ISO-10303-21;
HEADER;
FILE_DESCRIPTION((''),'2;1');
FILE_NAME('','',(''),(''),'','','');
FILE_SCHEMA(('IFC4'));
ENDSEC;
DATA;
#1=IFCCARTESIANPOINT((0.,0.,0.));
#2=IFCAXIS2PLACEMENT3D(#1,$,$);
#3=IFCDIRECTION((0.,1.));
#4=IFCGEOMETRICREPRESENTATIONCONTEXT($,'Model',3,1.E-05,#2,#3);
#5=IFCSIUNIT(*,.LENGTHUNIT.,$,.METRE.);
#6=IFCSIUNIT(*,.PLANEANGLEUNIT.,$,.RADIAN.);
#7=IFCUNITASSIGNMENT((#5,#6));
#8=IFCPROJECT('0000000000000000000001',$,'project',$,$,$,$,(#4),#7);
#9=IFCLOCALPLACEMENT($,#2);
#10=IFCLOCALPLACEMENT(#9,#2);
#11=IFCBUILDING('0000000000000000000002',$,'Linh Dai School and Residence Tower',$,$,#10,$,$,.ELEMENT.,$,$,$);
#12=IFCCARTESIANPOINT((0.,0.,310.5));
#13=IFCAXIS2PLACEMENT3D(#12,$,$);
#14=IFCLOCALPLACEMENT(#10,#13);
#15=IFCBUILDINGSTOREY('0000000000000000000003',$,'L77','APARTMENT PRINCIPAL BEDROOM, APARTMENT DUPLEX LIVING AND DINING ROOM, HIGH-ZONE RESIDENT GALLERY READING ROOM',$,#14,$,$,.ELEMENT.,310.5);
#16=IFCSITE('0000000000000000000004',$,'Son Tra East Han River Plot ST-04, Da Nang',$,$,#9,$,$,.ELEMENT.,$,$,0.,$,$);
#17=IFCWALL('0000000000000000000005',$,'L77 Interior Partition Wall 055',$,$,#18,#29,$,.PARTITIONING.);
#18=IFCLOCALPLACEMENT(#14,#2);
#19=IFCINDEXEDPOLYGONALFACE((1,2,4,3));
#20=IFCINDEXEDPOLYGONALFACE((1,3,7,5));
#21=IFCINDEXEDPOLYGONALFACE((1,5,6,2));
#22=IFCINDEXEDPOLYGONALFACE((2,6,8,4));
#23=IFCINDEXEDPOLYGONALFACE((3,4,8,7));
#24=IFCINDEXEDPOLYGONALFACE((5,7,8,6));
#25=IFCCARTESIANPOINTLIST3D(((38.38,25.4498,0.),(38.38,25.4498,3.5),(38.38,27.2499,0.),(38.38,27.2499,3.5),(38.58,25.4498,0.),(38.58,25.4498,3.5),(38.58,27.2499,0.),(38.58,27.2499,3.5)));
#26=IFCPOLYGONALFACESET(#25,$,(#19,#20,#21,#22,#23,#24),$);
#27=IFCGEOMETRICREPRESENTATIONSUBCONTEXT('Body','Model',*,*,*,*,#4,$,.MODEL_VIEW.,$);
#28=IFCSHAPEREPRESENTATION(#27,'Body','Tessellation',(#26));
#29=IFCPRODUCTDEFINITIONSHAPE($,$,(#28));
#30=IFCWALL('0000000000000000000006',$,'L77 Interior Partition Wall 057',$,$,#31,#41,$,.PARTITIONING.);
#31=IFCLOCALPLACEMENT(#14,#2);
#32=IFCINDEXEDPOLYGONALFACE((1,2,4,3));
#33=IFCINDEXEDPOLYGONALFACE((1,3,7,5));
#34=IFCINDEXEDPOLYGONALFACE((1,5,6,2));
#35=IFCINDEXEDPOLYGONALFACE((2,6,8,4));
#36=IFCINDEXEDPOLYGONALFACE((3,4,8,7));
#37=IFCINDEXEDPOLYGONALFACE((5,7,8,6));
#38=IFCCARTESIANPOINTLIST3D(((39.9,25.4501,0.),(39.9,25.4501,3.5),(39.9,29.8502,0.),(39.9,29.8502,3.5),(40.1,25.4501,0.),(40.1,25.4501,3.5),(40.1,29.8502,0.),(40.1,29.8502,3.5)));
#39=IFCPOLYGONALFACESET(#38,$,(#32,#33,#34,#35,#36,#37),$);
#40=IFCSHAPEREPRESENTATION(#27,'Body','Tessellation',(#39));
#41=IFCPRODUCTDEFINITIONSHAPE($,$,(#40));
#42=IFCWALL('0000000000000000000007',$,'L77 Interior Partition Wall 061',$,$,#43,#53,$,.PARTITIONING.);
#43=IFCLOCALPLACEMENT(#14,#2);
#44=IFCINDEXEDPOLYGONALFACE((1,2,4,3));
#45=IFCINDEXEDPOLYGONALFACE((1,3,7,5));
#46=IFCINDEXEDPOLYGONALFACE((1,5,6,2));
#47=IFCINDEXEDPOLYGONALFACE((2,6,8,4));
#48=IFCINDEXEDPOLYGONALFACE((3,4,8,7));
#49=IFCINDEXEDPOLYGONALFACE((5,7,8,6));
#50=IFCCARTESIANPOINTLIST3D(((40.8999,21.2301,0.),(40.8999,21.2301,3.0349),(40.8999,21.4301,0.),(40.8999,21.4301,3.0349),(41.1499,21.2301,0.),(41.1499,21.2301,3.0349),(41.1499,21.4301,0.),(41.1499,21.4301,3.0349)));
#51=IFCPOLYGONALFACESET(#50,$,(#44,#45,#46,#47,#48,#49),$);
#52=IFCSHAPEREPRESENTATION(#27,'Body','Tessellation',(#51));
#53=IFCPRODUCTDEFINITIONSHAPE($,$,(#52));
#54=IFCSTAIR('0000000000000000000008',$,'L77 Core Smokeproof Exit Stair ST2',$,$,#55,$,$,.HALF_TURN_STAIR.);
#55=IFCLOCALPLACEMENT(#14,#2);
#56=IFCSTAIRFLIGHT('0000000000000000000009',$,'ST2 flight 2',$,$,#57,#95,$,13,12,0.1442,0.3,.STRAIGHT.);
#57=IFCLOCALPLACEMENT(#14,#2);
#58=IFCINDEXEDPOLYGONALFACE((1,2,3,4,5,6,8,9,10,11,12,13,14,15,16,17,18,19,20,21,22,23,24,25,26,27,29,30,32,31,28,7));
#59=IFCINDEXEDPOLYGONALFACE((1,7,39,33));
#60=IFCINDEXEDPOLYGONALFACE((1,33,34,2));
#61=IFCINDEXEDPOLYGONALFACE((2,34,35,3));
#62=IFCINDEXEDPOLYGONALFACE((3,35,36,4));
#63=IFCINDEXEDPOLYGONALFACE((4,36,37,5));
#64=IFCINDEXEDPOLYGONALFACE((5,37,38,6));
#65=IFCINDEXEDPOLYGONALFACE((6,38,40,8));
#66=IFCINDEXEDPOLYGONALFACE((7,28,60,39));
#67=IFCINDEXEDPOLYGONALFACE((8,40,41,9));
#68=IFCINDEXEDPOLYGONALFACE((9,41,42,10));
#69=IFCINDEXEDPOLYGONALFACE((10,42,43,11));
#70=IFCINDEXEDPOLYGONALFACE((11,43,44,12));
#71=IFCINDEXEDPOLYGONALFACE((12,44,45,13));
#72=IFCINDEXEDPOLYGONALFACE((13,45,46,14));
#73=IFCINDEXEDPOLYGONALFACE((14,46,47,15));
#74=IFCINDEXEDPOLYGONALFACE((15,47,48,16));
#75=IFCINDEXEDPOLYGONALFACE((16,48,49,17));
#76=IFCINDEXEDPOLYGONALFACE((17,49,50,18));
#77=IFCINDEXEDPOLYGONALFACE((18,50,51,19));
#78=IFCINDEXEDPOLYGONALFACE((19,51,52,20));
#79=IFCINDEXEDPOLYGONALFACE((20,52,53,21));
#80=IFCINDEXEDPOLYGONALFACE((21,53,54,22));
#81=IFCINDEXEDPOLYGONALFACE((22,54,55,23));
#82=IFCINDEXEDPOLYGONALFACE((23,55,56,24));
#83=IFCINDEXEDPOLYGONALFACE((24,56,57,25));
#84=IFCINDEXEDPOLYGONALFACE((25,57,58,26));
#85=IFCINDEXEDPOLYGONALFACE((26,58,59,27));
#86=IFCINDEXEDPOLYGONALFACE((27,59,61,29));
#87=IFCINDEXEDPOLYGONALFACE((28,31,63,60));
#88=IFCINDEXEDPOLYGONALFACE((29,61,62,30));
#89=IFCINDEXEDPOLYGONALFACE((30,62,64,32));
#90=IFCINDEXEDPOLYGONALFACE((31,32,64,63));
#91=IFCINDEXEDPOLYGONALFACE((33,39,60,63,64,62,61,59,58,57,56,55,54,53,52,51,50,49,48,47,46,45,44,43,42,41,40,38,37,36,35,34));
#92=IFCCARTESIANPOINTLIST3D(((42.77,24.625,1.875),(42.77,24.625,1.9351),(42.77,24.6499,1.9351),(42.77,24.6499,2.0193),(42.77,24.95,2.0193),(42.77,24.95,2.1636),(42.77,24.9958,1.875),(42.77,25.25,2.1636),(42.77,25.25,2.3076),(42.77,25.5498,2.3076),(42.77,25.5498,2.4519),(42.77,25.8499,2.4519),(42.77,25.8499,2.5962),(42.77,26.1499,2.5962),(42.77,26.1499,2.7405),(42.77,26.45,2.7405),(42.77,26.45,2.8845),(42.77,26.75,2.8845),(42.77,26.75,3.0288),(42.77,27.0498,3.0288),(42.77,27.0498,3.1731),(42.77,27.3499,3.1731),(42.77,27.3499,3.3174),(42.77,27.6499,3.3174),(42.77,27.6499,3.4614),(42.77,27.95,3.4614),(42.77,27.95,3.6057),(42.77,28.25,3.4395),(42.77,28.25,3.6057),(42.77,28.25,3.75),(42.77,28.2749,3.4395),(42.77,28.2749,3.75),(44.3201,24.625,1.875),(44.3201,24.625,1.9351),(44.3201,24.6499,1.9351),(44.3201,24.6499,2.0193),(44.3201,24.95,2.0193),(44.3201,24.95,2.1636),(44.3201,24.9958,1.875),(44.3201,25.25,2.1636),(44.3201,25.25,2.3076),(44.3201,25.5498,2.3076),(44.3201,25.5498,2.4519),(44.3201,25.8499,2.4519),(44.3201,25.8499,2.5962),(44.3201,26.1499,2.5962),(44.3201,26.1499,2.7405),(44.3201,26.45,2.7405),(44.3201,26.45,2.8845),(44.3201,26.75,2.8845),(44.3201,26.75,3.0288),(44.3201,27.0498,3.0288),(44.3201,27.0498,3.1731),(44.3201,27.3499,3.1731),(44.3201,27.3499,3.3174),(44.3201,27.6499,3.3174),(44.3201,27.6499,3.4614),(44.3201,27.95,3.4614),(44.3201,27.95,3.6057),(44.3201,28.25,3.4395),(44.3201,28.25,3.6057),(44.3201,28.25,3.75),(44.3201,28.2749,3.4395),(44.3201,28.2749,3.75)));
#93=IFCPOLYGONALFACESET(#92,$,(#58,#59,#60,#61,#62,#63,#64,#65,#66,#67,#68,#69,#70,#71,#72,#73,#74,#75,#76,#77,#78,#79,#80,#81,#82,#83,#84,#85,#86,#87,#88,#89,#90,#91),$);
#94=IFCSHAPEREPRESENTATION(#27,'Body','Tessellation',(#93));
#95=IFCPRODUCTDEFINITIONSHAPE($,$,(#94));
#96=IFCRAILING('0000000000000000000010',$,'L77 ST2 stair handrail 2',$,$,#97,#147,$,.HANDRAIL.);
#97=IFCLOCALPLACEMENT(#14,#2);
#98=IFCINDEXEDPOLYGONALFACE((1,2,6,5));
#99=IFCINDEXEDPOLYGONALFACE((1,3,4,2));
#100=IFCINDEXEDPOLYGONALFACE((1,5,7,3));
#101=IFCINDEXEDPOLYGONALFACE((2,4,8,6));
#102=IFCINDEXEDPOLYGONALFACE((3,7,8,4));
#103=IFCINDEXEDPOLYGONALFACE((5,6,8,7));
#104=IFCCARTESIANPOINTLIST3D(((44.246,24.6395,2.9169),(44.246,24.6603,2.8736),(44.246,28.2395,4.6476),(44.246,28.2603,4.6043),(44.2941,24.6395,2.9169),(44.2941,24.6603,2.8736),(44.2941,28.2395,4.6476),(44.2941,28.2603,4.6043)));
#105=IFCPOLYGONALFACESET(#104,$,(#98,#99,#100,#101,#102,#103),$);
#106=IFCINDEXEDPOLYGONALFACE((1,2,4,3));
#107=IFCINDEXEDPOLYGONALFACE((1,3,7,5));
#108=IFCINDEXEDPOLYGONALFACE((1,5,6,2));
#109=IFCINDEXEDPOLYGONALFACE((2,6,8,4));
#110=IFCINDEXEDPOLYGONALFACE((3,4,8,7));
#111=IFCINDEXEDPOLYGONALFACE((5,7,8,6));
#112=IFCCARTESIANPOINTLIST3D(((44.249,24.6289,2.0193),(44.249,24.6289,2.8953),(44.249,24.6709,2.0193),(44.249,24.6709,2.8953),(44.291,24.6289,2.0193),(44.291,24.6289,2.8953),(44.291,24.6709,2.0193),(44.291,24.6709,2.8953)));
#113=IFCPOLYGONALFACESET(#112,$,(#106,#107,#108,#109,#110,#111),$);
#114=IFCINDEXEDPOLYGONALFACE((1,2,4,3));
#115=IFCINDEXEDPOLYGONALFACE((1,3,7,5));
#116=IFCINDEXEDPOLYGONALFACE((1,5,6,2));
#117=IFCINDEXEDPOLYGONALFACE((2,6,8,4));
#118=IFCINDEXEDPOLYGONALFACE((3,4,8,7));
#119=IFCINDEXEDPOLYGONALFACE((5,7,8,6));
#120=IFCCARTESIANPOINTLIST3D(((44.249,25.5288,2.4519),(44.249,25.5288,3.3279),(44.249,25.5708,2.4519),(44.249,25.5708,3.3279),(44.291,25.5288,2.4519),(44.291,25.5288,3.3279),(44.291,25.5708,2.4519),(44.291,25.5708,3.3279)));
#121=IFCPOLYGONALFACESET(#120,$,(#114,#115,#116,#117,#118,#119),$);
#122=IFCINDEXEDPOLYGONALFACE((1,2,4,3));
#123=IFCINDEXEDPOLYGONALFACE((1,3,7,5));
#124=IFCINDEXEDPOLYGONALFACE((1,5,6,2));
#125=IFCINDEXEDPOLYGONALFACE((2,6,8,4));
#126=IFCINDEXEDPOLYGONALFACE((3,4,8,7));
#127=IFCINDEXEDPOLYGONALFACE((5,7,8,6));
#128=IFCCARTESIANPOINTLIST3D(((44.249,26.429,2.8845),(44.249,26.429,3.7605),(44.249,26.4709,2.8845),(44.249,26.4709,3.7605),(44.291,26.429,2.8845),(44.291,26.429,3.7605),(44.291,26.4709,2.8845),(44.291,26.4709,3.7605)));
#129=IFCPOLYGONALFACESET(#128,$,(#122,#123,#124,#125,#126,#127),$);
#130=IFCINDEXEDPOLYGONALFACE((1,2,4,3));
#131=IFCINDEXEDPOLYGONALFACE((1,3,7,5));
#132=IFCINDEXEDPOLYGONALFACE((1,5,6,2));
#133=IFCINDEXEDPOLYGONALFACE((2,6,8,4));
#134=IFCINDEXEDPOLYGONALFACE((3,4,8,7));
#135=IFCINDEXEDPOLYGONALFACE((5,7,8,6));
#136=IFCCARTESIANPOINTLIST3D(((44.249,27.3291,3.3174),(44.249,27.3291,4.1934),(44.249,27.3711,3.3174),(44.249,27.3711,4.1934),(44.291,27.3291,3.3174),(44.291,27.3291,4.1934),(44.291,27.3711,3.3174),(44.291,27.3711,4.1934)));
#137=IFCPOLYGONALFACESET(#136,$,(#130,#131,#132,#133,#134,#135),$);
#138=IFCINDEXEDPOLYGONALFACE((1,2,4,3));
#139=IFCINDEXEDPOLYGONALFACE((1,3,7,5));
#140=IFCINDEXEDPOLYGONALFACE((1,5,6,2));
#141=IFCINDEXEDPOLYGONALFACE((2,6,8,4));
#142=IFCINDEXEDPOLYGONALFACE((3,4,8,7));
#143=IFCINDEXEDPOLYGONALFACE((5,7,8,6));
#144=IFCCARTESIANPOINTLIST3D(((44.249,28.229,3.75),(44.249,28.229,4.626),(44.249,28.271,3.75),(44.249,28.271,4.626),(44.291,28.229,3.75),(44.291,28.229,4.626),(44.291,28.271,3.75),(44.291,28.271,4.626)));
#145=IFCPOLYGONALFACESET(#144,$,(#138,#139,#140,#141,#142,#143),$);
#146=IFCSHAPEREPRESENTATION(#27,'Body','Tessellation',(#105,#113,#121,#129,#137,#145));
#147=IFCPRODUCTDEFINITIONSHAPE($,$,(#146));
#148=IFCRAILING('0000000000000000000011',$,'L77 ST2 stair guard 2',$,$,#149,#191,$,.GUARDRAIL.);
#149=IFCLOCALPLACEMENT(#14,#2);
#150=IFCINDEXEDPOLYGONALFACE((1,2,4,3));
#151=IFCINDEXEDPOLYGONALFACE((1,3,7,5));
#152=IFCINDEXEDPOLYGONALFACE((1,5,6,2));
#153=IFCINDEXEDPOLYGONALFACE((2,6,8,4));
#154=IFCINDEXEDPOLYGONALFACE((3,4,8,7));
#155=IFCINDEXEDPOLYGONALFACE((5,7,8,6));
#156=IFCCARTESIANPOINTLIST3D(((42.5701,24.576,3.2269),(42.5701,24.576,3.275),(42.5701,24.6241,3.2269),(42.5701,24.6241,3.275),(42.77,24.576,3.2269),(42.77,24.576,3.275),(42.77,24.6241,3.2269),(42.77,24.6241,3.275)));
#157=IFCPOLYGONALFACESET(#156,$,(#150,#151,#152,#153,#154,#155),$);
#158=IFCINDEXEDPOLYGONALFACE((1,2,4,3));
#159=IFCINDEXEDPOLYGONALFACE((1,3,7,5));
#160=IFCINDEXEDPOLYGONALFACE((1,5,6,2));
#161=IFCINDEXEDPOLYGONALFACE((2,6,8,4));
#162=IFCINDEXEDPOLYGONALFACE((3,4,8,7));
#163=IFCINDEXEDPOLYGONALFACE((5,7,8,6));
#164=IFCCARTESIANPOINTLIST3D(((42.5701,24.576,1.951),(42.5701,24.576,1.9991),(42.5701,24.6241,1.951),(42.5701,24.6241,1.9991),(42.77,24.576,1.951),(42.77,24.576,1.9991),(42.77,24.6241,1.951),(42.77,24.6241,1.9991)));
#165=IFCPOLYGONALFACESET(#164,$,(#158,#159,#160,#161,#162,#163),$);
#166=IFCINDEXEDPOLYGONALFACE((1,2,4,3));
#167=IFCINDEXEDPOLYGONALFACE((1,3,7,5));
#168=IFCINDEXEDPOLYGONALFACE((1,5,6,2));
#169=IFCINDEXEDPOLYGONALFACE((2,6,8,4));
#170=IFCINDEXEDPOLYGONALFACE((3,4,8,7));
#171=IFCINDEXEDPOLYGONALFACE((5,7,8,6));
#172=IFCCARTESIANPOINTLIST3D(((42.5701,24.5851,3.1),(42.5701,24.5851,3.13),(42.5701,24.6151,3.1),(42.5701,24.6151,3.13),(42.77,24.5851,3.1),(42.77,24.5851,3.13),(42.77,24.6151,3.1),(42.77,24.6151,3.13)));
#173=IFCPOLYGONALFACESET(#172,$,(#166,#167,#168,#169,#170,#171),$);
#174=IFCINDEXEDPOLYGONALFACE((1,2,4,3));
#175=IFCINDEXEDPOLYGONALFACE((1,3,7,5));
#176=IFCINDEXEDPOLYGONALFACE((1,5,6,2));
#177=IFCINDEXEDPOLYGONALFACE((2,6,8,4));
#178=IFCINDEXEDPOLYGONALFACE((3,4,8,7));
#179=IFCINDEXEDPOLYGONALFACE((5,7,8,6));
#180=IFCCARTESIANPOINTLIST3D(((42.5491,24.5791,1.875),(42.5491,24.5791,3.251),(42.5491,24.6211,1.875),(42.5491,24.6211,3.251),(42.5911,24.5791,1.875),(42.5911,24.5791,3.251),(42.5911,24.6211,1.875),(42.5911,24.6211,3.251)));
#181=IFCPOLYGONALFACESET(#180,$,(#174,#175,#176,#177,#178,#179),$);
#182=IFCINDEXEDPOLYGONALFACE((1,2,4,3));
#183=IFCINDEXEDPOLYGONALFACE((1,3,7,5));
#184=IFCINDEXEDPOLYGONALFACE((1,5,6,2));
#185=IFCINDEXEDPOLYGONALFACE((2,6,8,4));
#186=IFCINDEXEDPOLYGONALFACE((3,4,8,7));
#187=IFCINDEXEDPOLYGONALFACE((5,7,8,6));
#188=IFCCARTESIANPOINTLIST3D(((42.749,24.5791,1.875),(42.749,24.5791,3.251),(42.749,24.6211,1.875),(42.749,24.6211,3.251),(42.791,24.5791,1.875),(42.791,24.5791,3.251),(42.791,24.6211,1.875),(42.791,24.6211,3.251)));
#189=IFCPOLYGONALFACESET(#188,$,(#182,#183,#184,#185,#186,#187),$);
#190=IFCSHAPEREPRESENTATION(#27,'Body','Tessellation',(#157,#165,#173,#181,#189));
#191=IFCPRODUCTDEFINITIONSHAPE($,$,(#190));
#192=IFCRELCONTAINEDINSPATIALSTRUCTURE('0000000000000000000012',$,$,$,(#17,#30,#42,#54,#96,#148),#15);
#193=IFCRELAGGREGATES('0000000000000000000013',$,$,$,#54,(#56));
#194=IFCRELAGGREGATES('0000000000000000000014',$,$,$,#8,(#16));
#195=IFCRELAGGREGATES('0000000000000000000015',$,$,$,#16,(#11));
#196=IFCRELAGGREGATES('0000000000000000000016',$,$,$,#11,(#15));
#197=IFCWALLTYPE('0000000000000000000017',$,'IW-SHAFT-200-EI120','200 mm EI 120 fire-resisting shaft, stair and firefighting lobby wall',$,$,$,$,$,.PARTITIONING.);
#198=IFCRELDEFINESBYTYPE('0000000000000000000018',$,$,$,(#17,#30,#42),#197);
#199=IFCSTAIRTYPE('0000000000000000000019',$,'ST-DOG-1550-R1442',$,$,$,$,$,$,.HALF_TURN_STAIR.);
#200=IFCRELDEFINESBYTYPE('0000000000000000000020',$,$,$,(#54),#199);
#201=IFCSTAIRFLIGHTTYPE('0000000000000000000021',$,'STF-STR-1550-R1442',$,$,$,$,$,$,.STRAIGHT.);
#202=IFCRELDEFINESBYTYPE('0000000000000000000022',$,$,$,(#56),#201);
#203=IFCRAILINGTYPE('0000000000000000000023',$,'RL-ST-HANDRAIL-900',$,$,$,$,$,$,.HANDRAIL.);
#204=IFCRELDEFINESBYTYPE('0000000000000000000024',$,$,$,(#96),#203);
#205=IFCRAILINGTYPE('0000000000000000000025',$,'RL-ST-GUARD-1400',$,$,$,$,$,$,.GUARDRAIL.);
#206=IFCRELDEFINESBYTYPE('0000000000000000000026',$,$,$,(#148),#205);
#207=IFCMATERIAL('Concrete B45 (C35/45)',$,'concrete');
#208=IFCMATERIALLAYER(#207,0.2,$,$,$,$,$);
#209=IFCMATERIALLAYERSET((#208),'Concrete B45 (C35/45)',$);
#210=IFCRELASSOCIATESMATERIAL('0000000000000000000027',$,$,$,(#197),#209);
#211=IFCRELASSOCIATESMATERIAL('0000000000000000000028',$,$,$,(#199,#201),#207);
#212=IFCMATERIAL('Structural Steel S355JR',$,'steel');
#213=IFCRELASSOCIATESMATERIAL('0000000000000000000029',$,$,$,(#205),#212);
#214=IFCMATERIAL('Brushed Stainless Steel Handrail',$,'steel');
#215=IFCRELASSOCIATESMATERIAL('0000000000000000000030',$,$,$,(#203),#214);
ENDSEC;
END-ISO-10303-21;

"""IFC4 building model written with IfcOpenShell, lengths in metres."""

from ifc_helpers import new_model, si_unit, direction, frame, frame_2d, origin, origin_2d, place, context, subcontext, project, spatial, polyline, rectangle, outline, extrude, source, transform, mapped, material, layer, layer_set, type_object, element, aggregate, save


model = new_model("IFC4")

# Units and contexts
model_context = context("Model", 3, precision=1e-05, world=origin(), true_north=direction((0.0, 1.0)))
body_context = subcontext(model_context, "Body", "Model", "MODEL_VIEW")
ifc_project = project(units=[si_unit("LENGTHUNIT", "METRE"), si_unit("PLANEANGLEUNIT", "RADIAN")], contexts=[model_context])

# Site, building, storey
site_placement = place(None, origin())
site = spatial("IfcSite", under=ifc_project, at=site_placement, Name="Son Tra East Han River Plot ST-04, Da Nang", CompositionType="ELEMENT", RefElevation=0.0)
building_placement = place(site_placement, origin())
building = spatial("IfcBuilding", under=site, at=building_placement, Name="Linh Dai School and Residence Tower", CompositionType="ELEMENT")
storey_placement = place(building_placement, frame((0.0, 0.0, 310.5)))
storey = spatial("IfcBuildingStorey", under=building, at=storey_placement, Name="L77", Description="APARTMENT PRINCIPAL BEDROOM, APARTMENT DUPLEX LIVING AND DINING ROOM, HIGH-ZONE RESIDENT GALLERY READING ROOM", CompositionType="ELEMENT", Elevation=310.5)

# Shared definitions
ifc_material_1 = material(Name="Structural Steel S355JR", Category="steel")

# Walls
ifc_material_2 = material(Name="Concrete B45 (C35/45)", Category="concrete")
ifc_layer_1 = layer(ifc_material_2, 0.2)
ifc_layer_set_1 = layer_set([ifc_layer_1], Name="Concrete B45 (C35/45)")
wall_type_1 = type_object("IfcWallType", Name="IW-SHAFT-200-EI120", Description="200 mm EI 120 fire-resisting shaft, stair and firefighting lobby wall", PredefinedType="PARTITIONING", material=ifc_layer_set_1)
for number, where, z_axis, x_axis, name in (
    (1, (38.48, 25.45, 0.0), (0.0, 0.0, 1.0), (0.0, 1.0, 0.0), "L77 Interior Partition Wall 055"),
):
    element("IfcWall", number, at=place(storey_placement, frame(where, z_axis=z_axis, x_axis=x_axis)), inside=storey, type_object=wall_type_1, Name=name, PredefinedType="PARTITIONING", context=body_context, shape_type="SweptSolid", body=[
        extrude(rectangle(XDim=1.8, YDim=0.2, at=frame_2d((0.8999, 0.0))), origin(), (0.0, 0.0, 1.0), 3.5),
    ])
wall_1_placement = place(storey_placement, frame((40.0, 25.45, 0.0), z_axis=(0.0, 0.0, 1.0), x_axis=(0.0, 1.0, 0.0)))
element("IfcWall", 2, at=wall_1_placement, inside=storey, type_object=wall_type_1, Name="L77 Interior Partition Wall 057", PredefinedType="PARTITIONING", context=body_context, shape_type="SweptSolid", body=[
    extrude(rectangle(XDim=4.4001, YDim=0.2, at=frame_2d((2.2002, 0.0))), origin(), (0.0, 0.0, 1.0), 3.5),
])
wall_2_placement = place(storey_placement, frame((40.8999, 21.3301, 0.0), z_axis=(0.0, 0.0, 1.0), x_axis=(1.0, 0.0, 0.0)))
element("IfcWall", 3, at=wall_2_placement, inside=storey, type_object=wall_type_1, Name="L77 Interior Partition Wall 061", PredefinedType="PARTITIONING", context=body_context, shape_type="SweptSolid", body=[
    extrude(rectangle(XDim=0.25, YDim=0.2, at=frame_2d((0.125, 0.0))), origin(), (0.0, 0.0, 1.0), 3.0349),
])

# Stair, stair flight
stair_type = type_object("IfcStairType", Name="ST-DOG-1550-R1442", PredefinedType="HALF_TURN_STAIR", material=ifc_material_2)
stair_placement = place(storey_placement, origin())
stair = element("IfcStair", 4, at=stair_placement, inside=storey, type_object=stair_type, Name="L77 Core Smokeproof Exit Stair ST2", PredefinedType="HALF_TURN_STAIR")
stair_flight_type = type_object("IfcStairFlightType", Name="STF-STR-1550-R1442", PredefinedType="STRAIGHT", material=ifc_material_2)
shared_shape_1 = source(origin(), body_context, "Body", "SweptSolid", [
    extrude(outline(polyline([(-0.0249, 0.0), (-0.0249, 0.0601), (0.0, 0.0601), (0.0, 0.1443), (0.3, 0.1443), (0.3, 0.2886), (0.6001, 0.2886), (0.6001, 0.4326), (0.8999, 0.4326), (0.8999, 0.5769), (1.2, 0.5769), (1.2, 0.7212), (1.5, 0.7212), (1.5, 0.8655), (1.8, 0.8655), (1.8, 1.0095), (2.1001, 1.0095), (2.1001, 1.1538), (2.3999, 1.1538), (2.3999, 1.2981), (2.7, 1.2981), (2.7, 1.4424), (3.0, 1.4424), (3.0, 1.5864), (3.3, 1.5864), (3.3, 1.7307), (3.6001, 1.7307), (3.6001, 1.875), (3.625, 1.875), (3.625, 1.5645), (3.6001, 1.5645), (0.3459, 0.0), (-0.0249, 0.0)])), frame((0.0, 0.7749, 0.0), z_axis=(0.0, -1.0, 0.0), x_axis=(1.0, 0.0, 0.0)), (0.0, 0.0, 1.0), 1.55),
])
stair_flight_placement = place(storey_placement, frame((43.5449, 24.6499, 1.875), z_axis=(0.0, 0.0, 1.0), x_axis=(0.0, 1.0, 0.0)))
stair_flight = element("IfcStairFlight", 5, at=stair_flight_placement, type_object=stair_flight_type, Name="ST2 flight 2", NumberOfRisers=13, NumberOfTreads=12, PredefinedType="STRAIGHT", RiserHeight=0.1442, TreadLength=0.3, context=body_context, shape_type="MappedRepresentation", body=[
    mapped(shared_shape_1, transform((0.0, 0.0, 0.0), x_axis=(1.0, 0.0, 0.0), y_axis=(0.0, 1.0, 0.0), z_axis=(0.0, 0.0, 1.0), scale=1.0)),
])
aggregate(stair, [stair_flight])

# Railings
railing_type_1 = type_object("IfcRailingType", Name="RL-ST-GUARD-1400", PredefinedType="GUARDRAIL", material=ifc_material_1)
ifc_material_3 = material(Name="Brushed Stainless Steel Handrail", Category="steel")
railing_type_2 = type_object("IfcRailingType", Name="RL-ST-HANDRAIL-900", PredefinedType="HANDRAIL", material=ifc_material_3)
shared_shape_2 = source(origin(), body_context, "Body", "SweptSolid", [
    extrude(rectangle(XDim=0.0481, YDim=0.0481, at=origin_2d()), frame((0.0, 0.0, 0.876), z_axis=(0.0, 0.901263, 0.433273), x_axis=(-1.0, 0.0, 0.0)), (0.0, 0.0, 1.0), 3.9944),
    extrude(rectangle(XDim=0.042, YDim=0.042, at=origin_2d()), origin(), (0.0, 0.0, 1.0), 0.876),
    extrude(rectangle(XDim=0.042, YDim=0.042, at=origin_2d()), frame((0.0, 0.8999, 0.4326)), (0.0, 0.0, 1.0), 0.876),
    extrude(rectangle(XDim=0.042, YDim=0.042, at=origin_2d()), frame((0.0, 1.8, 0.8652)), (0.0, 0.0, 1.0), 0.876),
    extrude(rectangle(XDim=0.042, YDim=0.042, at=origin_2d()), frame((0.0, 2.7002, 1.2981)), (0.0, 0.0, 1.0), 0.876),
    extrude(rectangle(XDim=0.042, YDim=0.042, at=origin_2d()), frame((0.0, 3.6001, 1.7307)), (0.0, 0.0, 1.0), 0.876),
])
railing_1_placement = place(storey_placement, frame((44.27, 24.6499, 2.0193)))
element("IfcRailing", 6, at=railing_1_placement, inside=storey, type_object=railing_type_2, Name="L77 ST2 stair handrail 2", PredefinedType="HANDRAIL", context=body_context, shape_type="MappedRepresentation", body=[
    mapped(shared_shape_2, transform((0.0, 0.0, 0.0), x_axis=(1.0, 0.0, 0.0), y_axis=(0.0, 1.0, 0.0), z_axis=(0.0, 0.0, 1.0), scale=1.0)),
])
shared_shape_3 = source(origin(), body_context, "Body", "SweptSolid", [
    extrude(rectangle(XDim=0.0481, YDim=0.0481, at=origin_2d()), frame((0.0, 0.0, 1.376), z_axis=(1.0, 0.0, 0.0), x_axis=(0.0, 1.0, 0.0)), (0.0, 0.0, 1.0), 0.2),
    extrude(rectangle(XDim=0.0481, YDim=0.0481, at=origin_2d()), frame((0.0, 0.0, 0.1001), z_axis=(1.0, 0.0, 0.0), x_axis=(0.0, 1.0, 0.0)), (0.0, 0.0, 1.0), 0.2),
    extrude(rectangle(XDim=0.03, YDim=0.03, at=origin_2d()), frame((0.0, 0.0, 1.24), z_axis=(1.0, 0.0, 0.0), x_axis=(0.0, 1.0, 0.0)), (0.0, 0.0, 1.0), 0.2),
    extrude(rectangle(XDim=0.042, YDim=0.042, at=origin_2d()), origin(), (0.0, 0.0, 1.0), 1.376),
    extrude(rectangle(XDim=0.042, YDim=0.042, at=origin_2d()), frame((0.2, 0.0, 0.0)), (0.0, 0.0, 1.0), 1.376),
])
railing_2_placement = place(storey_placement, frame((42.5701, 24.6001, 1.875)))
element("IfcRailing", 7, at=railing_2_placement, inside=storey, type_object=railing_type_1, Name="L77 ST2 stair guard 2", PredefinedType="GUARDRAIL", context=body_context, shape_type="MappedRepresentation", body=[
    mapped(shared_shape_3, transform((0.0, 0.0, 0.0), x_axis=(1.0, 0.0, 0.0), y_axis=(0.0, 1.0, 0.0), z_axis=(0.0, 0.0, 1.0), scale=1.0)),
])

save(model, "model.ifc")
